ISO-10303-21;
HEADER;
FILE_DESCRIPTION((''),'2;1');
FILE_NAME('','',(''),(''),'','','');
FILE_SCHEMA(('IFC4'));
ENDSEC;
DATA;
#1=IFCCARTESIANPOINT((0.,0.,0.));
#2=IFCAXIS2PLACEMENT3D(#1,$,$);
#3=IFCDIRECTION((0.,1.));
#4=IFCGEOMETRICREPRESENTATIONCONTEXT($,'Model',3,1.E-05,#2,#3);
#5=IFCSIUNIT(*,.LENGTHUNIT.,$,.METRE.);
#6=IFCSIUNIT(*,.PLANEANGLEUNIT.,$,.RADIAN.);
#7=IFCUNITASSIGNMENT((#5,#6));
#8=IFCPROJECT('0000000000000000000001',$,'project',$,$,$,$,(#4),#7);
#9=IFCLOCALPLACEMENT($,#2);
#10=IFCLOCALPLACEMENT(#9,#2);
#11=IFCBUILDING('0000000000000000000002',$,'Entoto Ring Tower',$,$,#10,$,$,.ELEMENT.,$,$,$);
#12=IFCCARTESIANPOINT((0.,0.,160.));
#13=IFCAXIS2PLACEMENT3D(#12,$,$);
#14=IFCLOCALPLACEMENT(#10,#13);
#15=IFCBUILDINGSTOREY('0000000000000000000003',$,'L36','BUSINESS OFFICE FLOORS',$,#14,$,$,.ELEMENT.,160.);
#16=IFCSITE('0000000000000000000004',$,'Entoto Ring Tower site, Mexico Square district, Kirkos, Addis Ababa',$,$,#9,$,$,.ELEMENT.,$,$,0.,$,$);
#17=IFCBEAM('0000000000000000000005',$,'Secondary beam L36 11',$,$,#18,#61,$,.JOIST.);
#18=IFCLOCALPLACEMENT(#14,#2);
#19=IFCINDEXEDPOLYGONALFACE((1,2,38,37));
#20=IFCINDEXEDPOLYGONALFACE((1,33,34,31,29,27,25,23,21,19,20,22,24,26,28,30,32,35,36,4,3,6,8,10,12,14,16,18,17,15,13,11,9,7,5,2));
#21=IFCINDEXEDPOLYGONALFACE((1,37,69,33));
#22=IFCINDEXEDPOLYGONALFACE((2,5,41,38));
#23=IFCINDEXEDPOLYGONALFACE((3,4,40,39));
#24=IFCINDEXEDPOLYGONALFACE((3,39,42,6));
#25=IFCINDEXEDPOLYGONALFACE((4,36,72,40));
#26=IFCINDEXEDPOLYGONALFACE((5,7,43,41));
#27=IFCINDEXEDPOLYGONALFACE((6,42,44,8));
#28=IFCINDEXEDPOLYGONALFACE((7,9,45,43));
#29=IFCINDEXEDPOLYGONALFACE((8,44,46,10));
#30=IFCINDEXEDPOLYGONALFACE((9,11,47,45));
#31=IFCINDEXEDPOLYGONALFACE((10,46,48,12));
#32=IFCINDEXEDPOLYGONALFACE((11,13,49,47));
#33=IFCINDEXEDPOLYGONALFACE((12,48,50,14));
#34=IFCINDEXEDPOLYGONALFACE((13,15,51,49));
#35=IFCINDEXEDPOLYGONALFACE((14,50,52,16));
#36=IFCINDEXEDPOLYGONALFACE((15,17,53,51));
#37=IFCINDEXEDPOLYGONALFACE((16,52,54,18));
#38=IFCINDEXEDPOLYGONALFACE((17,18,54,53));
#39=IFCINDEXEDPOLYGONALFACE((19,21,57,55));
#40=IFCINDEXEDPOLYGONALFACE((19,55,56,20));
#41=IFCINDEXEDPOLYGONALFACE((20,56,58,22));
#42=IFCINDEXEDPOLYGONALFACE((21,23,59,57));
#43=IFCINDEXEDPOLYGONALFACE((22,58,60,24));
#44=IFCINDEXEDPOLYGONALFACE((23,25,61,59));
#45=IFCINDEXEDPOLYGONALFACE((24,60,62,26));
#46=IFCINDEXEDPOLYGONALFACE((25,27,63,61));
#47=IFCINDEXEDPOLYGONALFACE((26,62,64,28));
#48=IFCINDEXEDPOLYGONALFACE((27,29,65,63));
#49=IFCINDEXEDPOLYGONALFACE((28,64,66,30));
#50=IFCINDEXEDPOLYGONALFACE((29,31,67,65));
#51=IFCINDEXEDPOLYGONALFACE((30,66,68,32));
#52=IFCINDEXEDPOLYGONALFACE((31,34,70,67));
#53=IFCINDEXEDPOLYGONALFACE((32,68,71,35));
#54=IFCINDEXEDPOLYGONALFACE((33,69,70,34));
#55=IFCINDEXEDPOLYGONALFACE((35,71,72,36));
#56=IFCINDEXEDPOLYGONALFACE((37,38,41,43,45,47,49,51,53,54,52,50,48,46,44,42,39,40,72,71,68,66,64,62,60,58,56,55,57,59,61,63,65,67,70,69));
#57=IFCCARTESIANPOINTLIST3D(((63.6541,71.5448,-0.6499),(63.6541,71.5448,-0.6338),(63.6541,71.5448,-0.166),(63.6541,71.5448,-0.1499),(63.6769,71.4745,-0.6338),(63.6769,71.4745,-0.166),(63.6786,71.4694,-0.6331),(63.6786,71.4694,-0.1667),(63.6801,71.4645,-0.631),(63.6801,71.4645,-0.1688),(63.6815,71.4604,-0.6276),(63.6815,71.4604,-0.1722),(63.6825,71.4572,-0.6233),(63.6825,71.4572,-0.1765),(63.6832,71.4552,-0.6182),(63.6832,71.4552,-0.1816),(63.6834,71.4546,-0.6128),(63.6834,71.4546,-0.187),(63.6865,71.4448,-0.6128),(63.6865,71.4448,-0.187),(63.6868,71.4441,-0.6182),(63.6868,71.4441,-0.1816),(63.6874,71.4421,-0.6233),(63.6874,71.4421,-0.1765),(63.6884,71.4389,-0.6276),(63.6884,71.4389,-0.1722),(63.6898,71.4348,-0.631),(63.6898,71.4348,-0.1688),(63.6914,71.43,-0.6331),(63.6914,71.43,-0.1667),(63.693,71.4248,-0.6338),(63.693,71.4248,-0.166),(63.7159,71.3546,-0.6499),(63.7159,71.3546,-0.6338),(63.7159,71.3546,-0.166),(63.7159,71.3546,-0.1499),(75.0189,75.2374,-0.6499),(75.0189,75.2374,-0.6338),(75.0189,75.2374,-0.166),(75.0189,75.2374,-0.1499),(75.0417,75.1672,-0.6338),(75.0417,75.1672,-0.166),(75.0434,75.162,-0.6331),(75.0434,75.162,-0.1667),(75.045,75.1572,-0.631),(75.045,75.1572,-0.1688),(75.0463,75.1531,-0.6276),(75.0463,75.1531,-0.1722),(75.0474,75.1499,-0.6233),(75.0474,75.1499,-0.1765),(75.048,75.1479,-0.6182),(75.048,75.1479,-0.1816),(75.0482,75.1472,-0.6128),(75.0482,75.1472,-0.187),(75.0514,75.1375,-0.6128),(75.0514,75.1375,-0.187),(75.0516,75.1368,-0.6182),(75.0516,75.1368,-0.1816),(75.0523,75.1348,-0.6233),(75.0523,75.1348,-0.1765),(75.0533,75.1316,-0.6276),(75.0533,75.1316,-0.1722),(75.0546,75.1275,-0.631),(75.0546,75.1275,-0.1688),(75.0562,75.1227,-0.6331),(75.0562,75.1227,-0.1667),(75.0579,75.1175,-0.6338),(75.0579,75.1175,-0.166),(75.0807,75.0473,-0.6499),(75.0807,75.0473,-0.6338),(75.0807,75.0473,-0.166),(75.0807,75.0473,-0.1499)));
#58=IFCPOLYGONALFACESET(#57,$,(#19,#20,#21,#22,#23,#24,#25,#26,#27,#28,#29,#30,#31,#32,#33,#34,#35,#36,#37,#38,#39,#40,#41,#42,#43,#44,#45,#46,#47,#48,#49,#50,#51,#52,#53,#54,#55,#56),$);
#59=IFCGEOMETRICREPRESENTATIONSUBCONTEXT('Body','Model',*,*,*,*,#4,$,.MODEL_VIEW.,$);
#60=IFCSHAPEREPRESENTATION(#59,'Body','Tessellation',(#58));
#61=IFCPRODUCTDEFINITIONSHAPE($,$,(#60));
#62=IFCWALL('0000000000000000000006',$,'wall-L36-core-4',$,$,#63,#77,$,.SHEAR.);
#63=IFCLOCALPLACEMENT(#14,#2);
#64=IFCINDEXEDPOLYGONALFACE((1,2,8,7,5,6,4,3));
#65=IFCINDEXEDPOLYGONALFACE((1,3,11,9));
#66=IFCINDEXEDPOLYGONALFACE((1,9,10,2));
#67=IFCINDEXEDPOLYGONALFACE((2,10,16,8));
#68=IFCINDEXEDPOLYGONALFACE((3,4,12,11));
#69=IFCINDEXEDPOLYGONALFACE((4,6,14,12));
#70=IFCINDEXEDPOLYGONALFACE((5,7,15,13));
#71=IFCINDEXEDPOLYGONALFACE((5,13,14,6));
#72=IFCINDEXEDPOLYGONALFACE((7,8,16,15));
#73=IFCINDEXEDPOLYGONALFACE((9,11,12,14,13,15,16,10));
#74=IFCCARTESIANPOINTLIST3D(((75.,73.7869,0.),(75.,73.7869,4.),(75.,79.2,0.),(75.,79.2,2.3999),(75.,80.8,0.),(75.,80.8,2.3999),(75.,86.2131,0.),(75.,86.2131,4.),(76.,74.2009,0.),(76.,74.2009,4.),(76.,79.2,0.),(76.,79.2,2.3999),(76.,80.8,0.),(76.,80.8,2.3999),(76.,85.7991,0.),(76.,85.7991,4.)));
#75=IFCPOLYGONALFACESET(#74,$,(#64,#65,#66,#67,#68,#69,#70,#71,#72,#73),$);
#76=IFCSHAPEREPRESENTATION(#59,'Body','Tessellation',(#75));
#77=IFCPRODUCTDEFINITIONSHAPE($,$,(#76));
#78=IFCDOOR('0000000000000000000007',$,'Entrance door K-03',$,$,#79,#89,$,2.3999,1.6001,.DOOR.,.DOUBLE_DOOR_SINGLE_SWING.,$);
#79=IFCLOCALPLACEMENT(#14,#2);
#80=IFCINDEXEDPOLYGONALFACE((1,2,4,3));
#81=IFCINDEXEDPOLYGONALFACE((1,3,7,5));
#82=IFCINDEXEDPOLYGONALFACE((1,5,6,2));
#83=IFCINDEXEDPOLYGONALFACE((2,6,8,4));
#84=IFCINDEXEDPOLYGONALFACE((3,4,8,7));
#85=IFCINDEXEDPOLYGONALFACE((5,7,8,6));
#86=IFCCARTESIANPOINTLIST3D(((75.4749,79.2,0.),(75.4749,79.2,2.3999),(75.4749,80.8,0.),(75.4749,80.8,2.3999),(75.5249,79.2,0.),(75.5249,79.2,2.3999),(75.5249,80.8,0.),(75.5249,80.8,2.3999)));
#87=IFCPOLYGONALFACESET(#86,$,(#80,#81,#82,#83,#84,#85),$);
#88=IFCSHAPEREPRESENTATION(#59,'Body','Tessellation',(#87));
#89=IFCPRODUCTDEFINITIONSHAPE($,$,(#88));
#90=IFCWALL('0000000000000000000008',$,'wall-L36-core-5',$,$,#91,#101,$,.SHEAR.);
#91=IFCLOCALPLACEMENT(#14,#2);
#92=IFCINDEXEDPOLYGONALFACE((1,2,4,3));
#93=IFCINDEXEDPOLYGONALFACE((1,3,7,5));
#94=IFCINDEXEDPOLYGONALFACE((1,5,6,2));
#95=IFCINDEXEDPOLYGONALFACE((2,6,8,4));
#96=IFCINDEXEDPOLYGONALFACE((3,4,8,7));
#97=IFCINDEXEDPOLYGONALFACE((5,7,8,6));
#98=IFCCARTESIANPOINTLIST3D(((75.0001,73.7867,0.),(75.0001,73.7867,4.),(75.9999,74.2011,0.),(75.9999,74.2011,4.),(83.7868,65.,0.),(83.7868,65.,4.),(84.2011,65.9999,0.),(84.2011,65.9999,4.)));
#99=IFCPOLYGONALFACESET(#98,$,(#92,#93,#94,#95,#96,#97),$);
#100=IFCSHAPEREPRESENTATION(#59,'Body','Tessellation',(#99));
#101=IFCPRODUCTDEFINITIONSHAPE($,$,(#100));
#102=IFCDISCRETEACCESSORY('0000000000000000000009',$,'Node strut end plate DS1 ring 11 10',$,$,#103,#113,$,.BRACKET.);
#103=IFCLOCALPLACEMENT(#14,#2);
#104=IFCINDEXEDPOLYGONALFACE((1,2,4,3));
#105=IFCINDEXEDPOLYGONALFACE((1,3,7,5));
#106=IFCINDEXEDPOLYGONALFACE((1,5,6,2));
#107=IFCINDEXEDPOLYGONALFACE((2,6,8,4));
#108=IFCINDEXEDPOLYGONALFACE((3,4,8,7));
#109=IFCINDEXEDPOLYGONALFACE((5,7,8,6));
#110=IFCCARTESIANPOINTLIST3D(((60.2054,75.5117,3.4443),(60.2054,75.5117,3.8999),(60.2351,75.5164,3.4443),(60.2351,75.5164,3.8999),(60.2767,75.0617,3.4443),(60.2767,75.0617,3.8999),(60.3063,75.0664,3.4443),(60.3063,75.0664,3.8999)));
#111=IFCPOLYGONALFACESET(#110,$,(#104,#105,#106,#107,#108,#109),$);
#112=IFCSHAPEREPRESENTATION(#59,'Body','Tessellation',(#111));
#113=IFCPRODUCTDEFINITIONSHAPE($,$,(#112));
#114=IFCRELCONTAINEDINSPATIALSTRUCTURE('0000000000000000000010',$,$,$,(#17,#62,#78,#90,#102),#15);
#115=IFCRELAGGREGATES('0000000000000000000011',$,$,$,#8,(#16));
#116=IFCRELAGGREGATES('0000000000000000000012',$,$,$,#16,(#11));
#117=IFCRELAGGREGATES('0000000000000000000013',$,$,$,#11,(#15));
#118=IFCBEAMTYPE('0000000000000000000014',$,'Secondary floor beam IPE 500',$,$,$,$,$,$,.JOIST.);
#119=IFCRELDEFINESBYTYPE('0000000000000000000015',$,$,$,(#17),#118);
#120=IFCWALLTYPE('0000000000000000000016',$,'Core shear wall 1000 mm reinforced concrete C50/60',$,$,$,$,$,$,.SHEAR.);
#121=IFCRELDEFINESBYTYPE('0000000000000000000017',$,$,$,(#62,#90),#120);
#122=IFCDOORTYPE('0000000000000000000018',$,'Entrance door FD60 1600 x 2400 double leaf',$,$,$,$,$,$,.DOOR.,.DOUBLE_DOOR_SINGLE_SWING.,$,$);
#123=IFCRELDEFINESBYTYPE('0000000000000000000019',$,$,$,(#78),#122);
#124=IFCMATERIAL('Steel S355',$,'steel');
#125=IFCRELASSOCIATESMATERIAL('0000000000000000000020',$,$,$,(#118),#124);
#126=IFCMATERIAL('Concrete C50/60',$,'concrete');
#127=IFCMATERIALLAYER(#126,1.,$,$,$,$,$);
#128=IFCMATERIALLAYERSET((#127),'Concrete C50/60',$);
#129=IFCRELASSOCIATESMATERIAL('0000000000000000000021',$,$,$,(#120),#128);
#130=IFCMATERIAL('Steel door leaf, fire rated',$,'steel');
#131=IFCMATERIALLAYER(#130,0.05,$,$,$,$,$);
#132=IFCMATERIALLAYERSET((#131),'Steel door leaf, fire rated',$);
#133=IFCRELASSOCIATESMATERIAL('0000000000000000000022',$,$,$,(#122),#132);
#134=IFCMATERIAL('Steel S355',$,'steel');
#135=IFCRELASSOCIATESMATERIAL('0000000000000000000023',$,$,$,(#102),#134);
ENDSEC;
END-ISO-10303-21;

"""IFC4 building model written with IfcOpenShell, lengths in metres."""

from ifc_helpers import new_model, si_unit, direction, frame, frame_2d, origin, origin_2d, place, context, subcontext, project, spatial, polyline, rectangle, i_section, outline, extrude, material, layer, layer_set, material_profile, profile_set, type_object, element, fill, save


model = new_model("IFC4")

# Units and contexts
model_context = context("Model", 3, precision=1e-05, world=origin(), true_north=direction((0.0, 1.0)))
body_context = subcontext(model_context, "Body", "Model", "MODEL_VIEW")
ifc_project = project(units=[si_unit("LENGTHUNIT", "METRE"), si_unit("PLANEANGLEUNIT", "RADIAN")], contexts=[model_context])

# Site, building, storey
site_placement = place(None, origin())
site = spatial("IfcSite", under=ifc_project, at=site_placement, Name="Entoto Ring Tower site, Mexico Square district, Kirkos, Addis Ababa", CompositionType="ELEMENT", RefElevation=0.0)
building_placement = place(site_placement, origin())
building = spatial("IfcBuilding", under=site, at=building_placement, Name="Entoto Ring Tower", CompositionType="ELEMENT")
storey_placement = place(building_placement, frame((0.0, 0.0, 160.0)))
storey = spatial("IfcBuildingStorey", under=building, at=storey_placement, Name="L36", Description="BUSINESS OFFICE FLOORS", CompositionType="ELEMENT", Elevation=160.0)

# Beam
ifc_material_1 = material(Name="Steel S355", Category="steel")
ifc_material_profile_1 = material_profile(ifc_material_1, i_section(OverallWidth=0.2, OverallDepth=0.5, WebThickness=0.0103, FlangeThickness=0.0161, FilletRadius=0.021, at=origin_2d()), Name="IPE 500")
ifc_profile_set_1 = profile_set([ifc_material_profile_1], Name="Steel S355")
beam_type_1 = type_object("IfcBeamType", Name="Secondary floor beam IPE 500", PredefinedType="JOIST", material=ifc_profile_set_1)
beam_1_placement = place(storey_placement, frame((75.0498, 75.1423, -0.3999), z_axis=(-0.951057, -0.309017, 0.0), x_axis=(0.309017, -0.951057, 0.0)))
element("IfcBeam", 1, at=beam_1_placement, inside=storey, type_object=beam_type_1, Name="Secondary beam L36 11", PredefinedType="JOIST", context=body_context, shape_type="SweptSolid", body=[
    extrude(i_section(OverallWidth=0.2, OverallDepth=0.5, WebThickness=0.0103, FlangeThickness=0.0161, FilletRadius=0.021, at=origin_2d()), origin(), (0.0, 0.0, 1.0), 11.9497),
])

# Wall, opening, door
ifc_material_2 = material(Name="Concrete C50/60", Category="concrete")
ifc_layer_1 = layer(ifc_material_2, 1.0)
ifc_layer_set_1 = layer_set([ifc_layer_1], Name="Concrete C50/60")
wall_type = type_object("IfcWallType", Name="Core shear wall 1000 mm reinforced concrete C50/60", PredefinedType="SHEAR", material=ifc_layer_set_1)
wall_1_placement = place(storey_placement, frame((75.5, 86.0061, 0.0), z_axis=(0.0, 0.0, 1.0), x_axis=(0.0, -1.0, 0.0)))
wall_1 = element("IfcWall", 2, at=wall_1_placement, inside=storey, type_object=wall_type, Name="wall-L36-core-4", PredefinedType="SHEAR", context=body_context, shape_type="SweptSolid", body=[
    extrude(outline(polyline([(-0.207, -0.5), (12.2192, -0.5), (11.8052, 0.5), (0.207, 0.5), (-0.207, -0.5)])), origin(), (0.0, 0.0, 1.0), 4.0),
])
opening_placement = place(wall_1_placement, frame((5.2061, 0.0, 0.0)))
opening = element("IfcOpeningElement", 3, at=opening_placement, cuts=wall_1, PredefinedType="OPENING", context=body_context, shape_type="SweptSolid", body=[
    extrude(rectangle(XDim=1.6001, YDim=2.3999, at=frame_2d((0.8, 1.2))), frame((0.0, 0.51, 0.0), z_axis=(0.0, -1.0, 0.0), x_axis=(1.0, 0.0, 0.0)), (0.0, 0.0, 1.0), 1.02),
])
ifc_material_3 = material(Name="Steel door leaf, fire rated", Category="steel")
ifc_layer_2 = layer(ifc_material_3, 0.05)
ifc_layer_set_2 = layer_set([ifc_layer_2], Name="Steel door leaf, fire rated")
door_type = type_object("IfcDoorType", Name="Entrance door FD60 1600 x 2400 double leaf", OperationType="DOUBLE_DOOR_SINGLE_SWING", PredefinedType="DOOR", material=ifc_layer_set_2)
door_placement = place(opening_placement, origin())
door = element("IfcDoor", 4, at=door_placement, inside=storey, type_object=door_type, Name="Entrance door K-03", OperationType="DOUBLE_DOOR_SINGLE_SWING", OverallHeight=2.3999, OverallWidth=1.6001, PredefinedType="DOOR", context=body_context, shape_type="SweptSolid", body=[
    extrude(rectangle(XDim=1.6001, YDim=2.3999, at=frame_2d((0.8, 1.2))), frame((0.0, 0.0249, 0.0), z_axis=(0.0, -1.0, 0.0), x_axis=(1.0, 0.0, 0.0)), (0.0, 0.0, 1.0), 0.05),
])
fill(opening, door)

# Wall
wall_2_placement = place(storey_placement, frame((75.5, 73.9939, 0.0), z_axis=(0.0, 0.0, 1.0), x_axis=(0.707107, -0.707107, 0.0)))
element("IfcWall", 5, at=wall_2_placement, inside=storey, type_object=wall_type, Name="wall-L36-core-5", PredefinedType="SHEAR", context=body_context, shape_type="SweptSolid", body=[
    extrude(outline(polyline([(-0.207, -0.5), (12.2192, -0.5), (11.8052, 0.5), (0.207, 0.5), (-0.207, -0.5)])), origin(), (0.0, 0.0, 1.0), 4.0),
])

# Discrete accessory
ifc_material_4 = material(Name="Steel S355", Category="steel")
discrete_accessory_placement = place(storey_placement, frame((60.2559, 75.2891, 3.4443), z_axis=(0.0, 0.0, 1.0), x_axis=(-0.987688, -0.156434, 0.0)))
element("IfcDiscreteAccessory", 6, at=discrete_accessory_placement, inside=storey, material=ifc_material_4, Name="Node strut end plate DS1 ring 11 10", PredefinedType="BRACKET", context=body_context, shape_type="SweptSolid", body=[
    extrude(rectangle(XDim=0.03, YDim=0.4556, at=origin_2d()), origin(), (0.0, 0.0, 1.0), 0.4556),
])

save(model, "model.ifc")
